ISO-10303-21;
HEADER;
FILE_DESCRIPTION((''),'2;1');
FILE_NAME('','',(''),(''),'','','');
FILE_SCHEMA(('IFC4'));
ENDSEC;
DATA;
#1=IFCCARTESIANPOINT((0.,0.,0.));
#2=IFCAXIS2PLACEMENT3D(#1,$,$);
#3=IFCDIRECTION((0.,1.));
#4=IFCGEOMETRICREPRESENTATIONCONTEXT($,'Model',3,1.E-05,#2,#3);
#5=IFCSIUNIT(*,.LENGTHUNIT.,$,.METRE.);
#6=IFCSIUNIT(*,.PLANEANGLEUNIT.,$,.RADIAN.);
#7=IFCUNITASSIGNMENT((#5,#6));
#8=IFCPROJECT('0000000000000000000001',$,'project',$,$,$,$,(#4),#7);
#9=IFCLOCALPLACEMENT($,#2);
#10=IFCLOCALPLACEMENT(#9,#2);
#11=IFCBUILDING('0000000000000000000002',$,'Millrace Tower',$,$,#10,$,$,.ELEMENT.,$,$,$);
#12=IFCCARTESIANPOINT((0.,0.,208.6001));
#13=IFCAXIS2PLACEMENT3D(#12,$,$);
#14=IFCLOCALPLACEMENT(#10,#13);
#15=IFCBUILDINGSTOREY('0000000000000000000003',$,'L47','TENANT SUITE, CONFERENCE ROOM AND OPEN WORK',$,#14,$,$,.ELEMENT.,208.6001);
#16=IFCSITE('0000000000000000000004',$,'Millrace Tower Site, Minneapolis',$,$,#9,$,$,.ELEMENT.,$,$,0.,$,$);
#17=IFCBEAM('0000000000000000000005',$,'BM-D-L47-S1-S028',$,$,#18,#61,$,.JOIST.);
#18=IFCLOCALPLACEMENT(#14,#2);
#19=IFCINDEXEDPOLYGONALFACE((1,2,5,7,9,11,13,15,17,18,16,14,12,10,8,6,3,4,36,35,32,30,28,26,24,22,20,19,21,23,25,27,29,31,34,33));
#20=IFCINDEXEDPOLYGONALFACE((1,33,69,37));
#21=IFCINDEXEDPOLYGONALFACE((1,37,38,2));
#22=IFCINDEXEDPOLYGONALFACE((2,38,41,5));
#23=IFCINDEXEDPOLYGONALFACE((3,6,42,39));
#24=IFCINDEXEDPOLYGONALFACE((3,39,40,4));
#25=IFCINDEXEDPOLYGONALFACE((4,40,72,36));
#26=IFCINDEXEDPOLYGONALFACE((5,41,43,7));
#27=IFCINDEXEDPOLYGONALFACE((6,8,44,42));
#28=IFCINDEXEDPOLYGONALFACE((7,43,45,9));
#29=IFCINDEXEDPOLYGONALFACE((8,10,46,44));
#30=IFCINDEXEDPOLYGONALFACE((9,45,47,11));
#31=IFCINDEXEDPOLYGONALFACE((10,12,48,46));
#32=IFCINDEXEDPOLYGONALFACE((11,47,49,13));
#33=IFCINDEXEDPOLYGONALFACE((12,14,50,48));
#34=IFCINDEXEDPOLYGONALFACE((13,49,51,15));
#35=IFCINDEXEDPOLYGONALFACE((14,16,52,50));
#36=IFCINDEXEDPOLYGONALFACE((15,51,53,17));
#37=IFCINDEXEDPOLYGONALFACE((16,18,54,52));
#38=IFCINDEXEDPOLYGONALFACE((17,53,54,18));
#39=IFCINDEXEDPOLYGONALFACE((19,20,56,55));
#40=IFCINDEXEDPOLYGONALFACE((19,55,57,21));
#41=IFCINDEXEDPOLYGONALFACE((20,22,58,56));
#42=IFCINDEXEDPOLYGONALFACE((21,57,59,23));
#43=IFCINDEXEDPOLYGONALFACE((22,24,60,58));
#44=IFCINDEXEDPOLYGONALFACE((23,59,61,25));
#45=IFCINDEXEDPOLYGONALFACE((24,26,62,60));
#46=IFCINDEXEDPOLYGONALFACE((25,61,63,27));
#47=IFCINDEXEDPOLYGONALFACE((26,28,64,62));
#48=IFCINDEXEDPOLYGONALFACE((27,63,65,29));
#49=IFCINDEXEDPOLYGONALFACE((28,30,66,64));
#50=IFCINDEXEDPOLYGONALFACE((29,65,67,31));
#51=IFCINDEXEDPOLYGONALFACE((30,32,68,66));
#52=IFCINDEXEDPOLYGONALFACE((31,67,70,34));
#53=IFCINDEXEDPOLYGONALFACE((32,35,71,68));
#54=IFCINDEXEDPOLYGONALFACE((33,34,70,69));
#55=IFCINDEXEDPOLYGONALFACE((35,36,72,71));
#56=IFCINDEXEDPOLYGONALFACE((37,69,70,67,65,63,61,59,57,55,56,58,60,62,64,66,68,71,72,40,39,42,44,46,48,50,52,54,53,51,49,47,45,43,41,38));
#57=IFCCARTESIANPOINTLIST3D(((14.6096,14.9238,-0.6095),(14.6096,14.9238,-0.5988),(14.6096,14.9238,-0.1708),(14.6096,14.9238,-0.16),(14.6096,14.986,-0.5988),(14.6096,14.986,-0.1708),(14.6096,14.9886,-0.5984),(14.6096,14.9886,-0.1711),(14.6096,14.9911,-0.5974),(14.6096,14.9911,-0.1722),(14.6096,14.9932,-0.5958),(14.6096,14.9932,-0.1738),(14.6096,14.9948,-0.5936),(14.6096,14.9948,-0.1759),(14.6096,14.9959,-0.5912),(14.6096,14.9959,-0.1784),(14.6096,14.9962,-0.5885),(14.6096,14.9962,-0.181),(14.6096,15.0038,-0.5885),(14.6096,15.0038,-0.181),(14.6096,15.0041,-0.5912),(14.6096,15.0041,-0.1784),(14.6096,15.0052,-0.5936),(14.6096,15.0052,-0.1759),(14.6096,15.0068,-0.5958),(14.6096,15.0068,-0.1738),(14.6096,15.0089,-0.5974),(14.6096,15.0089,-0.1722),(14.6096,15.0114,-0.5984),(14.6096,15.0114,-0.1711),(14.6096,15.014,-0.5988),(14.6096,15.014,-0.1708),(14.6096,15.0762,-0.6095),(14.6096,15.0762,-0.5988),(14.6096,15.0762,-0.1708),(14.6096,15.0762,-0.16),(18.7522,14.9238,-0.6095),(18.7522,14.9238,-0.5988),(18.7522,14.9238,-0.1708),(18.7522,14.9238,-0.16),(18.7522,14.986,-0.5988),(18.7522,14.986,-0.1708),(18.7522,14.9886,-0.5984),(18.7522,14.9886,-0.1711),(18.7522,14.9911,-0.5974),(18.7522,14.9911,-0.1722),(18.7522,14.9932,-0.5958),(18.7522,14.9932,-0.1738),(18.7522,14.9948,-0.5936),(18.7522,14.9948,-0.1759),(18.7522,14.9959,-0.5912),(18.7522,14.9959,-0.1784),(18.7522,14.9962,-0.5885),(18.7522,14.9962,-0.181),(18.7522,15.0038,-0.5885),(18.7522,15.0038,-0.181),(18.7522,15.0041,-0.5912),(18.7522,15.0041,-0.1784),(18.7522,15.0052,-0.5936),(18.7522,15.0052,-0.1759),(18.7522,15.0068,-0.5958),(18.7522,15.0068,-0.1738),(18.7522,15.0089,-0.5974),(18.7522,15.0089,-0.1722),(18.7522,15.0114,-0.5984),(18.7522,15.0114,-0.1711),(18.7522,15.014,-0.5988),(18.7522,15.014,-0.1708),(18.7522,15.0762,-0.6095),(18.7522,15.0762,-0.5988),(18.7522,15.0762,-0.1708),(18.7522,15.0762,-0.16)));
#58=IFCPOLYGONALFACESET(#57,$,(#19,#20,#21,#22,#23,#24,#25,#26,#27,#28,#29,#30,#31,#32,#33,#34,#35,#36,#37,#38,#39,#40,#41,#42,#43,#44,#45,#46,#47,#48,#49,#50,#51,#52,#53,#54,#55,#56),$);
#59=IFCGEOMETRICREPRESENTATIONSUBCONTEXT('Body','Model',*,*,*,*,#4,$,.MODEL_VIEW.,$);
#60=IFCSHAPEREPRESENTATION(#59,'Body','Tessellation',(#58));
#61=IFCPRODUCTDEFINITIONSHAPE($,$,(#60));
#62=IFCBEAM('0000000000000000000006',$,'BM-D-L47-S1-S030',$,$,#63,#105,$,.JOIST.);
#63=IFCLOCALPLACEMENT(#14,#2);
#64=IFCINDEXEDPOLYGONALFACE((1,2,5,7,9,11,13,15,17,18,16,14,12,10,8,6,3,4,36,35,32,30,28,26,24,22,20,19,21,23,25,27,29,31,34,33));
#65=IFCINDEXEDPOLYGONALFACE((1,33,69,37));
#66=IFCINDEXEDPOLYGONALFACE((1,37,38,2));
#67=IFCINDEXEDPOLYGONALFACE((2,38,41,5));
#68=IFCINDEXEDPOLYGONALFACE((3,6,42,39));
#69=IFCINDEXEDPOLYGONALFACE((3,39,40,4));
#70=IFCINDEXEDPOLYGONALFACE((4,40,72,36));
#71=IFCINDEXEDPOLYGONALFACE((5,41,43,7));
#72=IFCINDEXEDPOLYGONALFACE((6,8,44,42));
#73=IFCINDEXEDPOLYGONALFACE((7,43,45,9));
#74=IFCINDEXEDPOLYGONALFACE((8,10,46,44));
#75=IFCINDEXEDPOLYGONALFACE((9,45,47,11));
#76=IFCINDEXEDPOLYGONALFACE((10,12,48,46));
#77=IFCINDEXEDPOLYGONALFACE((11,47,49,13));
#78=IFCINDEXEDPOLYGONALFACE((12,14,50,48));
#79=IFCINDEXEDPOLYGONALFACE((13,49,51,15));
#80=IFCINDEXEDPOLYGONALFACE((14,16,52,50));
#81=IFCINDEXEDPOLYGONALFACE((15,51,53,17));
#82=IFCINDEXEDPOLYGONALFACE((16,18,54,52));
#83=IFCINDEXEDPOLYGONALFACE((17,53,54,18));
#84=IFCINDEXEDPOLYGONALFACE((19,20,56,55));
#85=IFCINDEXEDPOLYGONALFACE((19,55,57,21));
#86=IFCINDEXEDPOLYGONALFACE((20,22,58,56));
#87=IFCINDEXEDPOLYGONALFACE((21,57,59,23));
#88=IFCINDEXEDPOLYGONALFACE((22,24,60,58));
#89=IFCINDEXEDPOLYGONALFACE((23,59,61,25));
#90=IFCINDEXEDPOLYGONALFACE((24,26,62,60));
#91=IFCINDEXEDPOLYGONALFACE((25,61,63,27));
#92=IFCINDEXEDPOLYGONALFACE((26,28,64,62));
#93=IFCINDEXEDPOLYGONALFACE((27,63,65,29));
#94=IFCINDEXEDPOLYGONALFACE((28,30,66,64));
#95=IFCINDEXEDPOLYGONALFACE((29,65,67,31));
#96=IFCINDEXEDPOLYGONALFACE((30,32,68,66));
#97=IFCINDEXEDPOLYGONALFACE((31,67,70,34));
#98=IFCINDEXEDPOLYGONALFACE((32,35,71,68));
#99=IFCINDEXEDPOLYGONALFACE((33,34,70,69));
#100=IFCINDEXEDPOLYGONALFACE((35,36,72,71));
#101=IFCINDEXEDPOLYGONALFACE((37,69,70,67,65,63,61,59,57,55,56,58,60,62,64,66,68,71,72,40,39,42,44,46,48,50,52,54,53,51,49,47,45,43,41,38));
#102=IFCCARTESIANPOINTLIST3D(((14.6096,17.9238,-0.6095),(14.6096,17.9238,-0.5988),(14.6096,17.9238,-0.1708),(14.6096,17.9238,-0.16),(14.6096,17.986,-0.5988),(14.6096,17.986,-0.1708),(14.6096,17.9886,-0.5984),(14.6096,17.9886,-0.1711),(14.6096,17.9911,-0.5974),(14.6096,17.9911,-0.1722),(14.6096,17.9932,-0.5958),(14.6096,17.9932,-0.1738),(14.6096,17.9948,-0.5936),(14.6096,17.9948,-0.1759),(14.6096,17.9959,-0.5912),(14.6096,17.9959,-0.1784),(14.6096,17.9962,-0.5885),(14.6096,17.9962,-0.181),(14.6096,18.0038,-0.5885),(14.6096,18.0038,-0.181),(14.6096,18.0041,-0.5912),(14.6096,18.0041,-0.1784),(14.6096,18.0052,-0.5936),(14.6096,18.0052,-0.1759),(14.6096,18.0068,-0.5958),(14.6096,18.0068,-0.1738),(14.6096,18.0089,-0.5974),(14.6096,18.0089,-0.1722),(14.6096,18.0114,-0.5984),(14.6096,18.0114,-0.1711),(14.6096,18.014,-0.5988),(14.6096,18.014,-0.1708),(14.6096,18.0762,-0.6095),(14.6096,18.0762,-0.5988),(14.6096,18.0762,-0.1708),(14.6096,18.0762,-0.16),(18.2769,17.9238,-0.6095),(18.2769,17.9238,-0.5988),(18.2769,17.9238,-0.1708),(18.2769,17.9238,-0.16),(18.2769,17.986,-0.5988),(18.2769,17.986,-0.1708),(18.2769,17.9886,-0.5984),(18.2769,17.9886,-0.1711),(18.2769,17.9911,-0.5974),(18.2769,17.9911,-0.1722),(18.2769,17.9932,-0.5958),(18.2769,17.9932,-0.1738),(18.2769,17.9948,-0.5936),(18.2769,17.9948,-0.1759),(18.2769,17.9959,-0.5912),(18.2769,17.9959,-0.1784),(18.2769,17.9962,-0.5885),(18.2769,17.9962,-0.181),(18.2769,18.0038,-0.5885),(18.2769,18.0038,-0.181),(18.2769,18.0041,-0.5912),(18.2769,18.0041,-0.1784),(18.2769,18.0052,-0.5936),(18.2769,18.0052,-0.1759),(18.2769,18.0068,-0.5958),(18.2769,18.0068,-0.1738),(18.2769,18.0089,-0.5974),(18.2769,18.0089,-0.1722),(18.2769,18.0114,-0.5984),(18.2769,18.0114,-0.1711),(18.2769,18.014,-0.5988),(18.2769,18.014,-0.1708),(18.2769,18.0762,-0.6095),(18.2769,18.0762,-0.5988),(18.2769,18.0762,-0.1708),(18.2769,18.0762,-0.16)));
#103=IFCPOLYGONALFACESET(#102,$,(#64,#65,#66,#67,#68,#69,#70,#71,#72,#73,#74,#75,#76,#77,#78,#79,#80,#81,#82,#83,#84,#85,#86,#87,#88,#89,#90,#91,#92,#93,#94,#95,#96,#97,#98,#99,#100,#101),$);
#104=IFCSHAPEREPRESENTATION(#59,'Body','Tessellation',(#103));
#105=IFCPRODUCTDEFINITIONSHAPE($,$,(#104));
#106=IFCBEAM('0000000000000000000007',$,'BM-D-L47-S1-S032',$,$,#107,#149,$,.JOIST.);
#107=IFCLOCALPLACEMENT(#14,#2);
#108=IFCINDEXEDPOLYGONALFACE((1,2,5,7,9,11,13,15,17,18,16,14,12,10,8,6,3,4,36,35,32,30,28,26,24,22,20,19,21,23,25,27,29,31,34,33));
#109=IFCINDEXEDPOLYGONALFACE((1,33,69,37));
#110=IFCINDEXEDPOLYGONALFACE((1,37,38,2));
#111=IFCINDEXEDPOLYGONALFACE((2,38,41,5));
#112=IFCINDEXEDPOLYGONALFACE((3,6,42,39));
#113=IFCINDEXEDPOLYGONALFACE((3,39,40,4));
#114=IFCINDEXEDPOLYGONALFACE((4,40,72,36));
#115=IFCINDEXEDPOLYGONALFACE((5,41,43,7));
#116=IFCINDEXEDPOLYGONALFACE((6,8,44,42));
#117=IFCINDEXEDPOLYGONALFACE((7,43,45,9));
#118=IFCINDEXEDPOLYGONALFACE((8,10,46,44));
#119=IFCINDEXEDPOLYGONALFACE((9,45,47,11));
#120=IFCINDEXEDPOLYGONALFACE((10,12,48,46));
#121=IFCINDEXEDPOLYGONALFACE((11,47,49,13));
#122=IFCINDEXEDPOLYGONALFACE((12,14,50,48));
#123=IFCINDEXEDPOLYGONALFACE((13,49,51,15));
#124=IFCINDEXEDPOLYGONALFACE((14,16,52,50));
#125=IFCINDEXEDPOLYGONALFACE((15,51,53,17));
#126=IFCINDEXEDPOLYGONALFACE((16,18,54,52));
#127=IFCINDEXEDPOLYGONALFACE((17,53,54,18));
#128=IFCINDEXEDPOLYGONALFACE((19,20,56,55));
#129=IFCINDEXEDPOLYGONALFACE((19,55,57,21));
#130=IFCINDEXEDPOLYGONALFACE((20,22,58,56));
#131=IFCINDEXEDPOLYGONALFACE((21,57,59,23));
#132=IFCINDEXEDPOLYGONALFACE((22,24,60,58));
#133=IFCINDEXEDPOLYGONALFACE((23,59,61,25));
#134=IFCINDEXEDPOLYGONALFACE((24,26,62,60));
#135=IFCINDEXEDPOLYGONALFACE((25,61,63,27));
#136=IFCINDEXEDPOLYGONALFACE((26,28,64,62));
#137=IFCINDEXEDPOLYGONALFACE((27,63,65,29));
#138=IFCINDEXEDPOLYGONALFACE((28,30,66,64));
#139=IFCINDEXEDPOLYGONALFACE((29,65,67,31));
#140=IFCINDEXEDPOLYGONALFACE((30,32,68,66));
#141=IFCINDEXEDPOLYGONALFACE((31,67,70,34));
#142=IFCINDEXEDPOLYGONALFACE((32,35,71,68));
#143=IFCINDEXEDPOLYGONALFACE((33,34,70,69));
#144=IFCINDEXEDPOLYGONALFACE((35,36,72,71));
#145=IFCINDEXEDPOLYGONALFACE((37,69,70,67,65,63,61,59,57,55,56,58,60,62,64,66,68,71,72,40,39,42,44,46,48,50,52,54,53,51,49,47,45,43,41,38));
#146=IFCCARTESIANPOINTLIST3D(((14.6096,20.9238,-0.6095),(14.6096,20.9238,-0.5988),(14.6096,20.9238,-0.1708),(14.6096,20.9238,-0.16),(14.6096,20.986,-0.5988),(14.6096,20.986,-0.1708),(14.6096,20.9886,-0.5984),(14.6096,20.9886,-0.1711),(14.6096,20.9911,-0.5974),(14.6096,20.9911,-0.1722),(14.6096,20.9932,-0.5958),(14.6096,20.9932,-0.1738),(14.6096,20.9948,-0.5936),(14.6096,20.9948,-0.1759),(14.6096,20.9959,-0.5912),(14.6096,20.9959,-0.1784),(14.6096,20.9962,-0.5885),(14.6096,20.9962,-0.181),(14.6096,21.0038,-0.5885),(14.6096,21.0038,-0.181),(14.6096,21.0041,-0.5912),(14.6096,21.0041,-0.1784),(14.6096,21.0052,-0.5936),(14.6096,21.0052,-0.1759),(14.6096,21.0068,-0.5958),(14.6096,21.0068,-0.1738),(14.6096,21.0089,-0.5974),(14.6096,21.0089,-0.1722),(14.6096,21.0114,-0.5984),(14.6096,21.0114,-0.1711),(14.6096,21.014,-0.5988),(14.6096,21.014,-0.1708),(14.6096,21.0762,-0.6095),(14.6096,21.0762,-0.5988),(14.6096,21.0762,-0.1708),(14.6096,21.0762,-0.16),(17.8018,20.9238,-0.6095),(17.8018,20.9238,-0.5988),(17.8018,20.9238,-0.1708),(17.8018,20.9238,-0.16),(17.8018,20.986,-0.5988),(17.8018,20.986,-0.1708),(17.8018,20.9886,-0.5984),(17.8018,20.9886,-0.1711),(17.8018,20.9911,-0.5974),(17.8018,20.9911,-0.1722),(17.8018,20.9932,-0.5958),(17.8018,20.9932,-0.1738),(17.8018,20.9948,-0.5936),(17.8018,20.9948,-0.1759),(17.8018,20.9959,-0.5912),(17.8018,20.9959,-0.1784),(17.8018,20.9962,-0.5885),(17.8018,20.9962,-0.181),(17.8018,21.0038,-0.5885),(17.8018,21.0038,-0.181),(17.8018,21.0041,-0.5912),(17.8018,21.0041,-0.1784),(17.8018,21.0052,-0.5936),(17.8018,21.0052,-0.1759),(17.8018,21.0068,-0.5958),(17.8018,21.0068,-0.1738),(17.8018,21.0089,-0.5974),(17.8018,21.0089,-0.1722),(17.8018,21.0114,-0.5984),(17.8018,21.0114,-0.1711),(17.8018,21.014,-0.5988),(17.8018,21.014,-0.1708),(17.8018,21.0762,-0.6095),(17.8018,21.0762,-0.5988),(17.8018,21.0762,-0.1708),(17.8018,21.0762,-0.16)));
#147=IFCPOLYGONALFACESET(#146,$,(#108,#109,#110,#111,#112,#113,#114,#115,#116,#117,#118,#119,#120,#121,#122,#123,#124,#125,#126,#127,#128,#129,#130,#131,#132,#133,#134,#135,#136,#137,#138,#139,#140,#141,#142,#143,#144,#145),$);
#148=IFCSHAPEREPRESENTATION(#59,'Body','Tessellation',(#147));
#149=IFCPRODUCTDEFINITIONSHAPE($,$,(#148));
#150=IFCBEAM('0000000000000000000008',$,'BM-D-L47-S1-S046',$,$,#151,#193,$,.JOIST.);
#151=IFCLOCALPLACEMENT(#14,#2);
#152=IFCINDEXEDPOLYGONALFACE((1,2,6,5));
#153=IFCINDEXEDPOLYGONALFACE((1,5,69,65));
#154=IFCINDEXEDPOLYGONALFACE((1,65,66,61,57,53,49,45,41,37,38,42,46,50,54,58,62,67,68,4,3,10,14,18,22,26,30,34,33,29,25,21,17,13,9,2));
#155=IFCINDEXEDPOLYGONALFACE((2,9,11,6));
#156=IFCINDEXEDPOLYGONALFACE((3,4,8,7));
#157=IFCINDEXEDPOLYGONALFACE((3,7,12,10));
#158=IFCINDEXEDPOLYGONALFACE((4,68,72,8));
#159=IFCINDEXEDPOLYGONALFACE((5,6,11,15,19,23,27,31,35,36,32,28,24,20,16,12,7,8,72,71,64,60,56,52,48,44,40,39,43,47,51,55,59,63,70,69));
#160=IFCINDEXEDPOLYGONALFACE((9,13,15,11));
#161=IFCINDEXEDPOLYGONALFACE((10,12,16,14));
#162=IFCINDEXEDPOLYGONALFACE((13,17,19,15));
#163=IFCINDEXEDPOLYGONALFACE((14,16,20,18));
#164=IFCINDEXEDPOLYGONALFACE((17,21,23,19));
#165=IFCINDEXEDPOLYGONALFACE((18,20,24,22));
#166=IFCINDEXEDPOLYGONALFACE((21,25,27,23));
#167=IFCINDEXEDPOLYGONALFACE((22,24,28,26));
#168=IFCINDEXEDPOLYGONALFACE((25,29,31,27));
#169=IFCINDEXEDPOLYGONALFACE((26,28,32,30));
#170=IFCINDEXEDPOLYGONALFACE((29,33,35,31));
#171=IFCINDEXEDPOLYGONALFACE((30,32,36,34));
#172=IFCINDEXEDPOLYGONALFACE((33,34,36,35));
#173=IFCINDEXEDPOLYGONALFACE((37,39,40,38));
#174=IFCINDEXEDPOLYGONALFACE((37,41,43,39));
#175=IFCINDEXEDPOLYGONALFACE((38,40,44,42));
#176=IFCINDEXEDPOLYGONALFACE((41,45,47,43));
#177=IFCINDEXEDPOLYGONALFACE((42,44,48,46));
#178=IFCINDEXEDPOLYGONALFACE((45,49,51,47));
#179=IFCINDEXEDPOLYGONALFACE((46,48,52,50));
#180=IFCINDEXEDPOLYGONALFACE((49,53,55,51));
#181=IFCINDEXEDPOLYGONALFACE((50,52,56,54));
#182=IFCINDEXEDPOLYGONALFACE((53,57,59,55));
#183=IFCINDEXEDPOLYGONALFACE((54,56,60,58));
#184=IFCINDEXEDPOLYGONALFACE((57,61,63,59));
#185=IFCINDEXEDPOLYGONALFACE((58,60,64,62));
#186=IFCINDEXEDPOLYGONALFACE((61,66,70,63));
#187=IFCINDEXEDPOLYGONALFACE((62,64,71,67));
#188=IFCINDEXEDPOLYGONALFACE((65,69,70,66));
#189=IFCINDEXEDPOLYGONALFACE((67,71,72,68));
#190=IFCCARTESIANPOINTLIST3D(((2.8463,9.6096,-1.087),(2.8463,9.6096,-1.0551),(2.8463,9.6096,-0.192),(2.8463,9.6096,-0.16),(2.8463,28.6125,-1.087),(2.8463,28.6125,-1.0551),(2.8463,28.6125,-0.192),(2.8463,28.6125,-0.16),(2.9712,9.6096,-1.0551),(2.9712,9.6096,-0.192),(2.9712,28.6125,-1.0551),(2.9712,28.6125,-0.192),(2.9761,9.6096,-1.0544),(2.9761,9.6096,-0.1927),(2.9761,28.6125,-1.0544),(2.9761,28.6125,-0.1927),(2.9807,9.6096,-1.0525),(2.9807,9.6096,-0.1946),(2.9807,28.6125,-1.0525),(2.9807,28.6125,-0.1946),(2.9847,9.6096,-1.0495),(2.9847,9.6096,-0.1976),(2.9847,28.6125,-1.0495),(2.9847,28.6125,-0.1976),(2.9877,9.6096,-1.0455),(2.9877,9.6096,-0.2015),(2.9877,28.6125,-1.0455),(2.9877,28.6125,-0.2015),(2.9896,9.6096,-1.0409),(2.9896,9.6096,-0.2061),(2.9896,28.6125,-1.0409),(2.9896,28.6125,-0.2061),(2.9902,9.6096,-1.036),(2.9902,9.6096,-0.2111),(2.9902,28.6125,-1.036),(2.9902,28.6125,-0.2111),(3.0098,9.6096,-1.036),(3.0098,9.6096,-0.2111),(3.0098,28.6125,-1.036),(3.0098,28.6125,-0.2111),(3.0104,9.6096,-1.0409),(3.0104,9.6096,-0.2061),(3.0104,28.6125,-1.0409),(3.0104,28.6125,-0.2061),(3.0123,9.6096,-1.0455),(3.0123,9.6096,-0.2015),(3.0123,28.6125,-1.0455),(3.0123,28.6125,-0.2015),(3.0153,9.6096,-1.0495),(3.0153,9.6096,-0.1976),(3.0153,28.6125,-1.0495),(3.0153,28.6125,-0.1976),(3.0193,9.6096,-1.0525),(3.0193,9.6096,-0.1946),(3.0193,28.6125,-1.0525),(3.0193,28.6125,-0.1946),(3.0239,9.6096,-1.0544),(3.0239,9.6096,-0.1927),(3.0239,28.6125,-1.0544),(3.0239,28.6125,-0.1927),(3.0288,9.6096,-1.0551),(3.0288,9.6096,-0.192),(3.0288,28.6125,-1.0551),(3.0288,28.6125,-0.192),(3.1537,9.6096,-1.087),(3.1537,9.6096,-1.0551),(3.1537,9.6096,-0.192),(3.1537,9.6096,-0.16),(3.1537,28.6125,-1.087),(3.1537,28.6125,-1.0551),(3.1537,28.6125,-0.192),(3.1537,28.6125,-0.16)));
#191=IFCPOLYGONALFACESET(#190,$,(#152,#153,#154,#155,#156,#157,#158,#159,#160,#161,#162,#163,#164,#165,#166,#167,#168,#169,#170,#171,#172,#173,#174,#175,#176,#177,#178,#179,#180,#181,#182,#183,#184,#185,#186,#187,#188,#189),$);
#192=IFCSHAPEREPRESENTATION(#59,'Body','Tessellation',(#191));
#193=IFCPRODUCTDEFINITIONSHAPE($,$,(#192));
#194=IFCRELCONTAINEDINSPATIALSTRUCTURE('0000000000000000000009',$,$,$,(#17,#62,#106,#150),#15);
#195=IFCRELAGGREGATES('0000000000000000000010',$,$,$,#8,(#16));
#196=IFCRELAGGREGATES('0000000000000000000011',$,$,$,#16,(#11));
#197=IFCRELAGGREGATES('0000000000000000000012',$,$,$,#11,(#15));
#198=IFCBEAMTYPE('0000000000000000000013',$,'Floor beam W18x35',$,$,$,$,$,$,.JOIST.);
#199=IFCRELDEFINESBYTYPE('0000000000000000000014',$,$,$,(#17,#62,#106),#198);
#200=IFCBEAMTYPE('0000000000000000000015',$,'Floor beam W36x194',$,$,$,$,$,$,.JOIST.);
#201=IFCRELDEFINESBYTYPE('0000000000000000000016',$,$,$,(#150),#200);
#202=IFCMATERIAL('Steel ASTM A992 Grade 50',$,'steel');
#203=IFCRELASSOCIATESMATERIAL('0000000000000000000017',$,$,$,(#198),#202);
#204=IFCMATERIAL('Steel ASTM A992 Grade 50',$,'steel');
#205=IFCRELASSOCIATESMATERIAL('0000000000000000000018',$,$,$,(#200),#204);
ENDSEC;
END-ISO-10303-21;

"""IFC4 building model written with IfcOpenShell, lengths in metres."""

from ifc_helpers import new_model, si_unit, direction, frame, origin, origin_2d, place, context, subcontext, project, spatial, i_section, extrude, material, material_profile, profile_set, type_object, element, save


model = new_model("IFC4")

# Units and contexts
model_context = context("Model", 3, precision=1e-05, world=origin(), true_north=direction((0.0, 1.0)))
body_context = subcontext(model_context, "Body", "Model", "MODEL_VIEW")
ifc_project = project(units=[si_unit("LENGTHUNIT", "METRE"), si_unit("PLANEANGLEUNIT", "RADIAN")], contexts=[model_context])

# Site, building, storey
site_placement = place(None, origin())
site = spatial("IfcSite", under=ifc_project, at=site_placement, Name="Millrace Tower Site, Minneapolis", CompositionType="ELEMENT", RefElevation=0.0)
building_placement = place(site_placement, origin())
building = spatial("IfcBuilding", under=site, at=building_placement, Name="Millrace Tower", CompositionType="ELEMENT")
storey_placement = place(building_placement, frame((0.0, 0.0, 208.6001)))
storey = spatial("IfcBuildingStorey", under=building, at=storey_placement, Name="L47", Description="TENANT SUITE, CONFERENCE ROOM AND OPEN WORK", CompositionType="ELEMENT", Elevation=208.6001)

# Beams
ifc_material_1 = material(Name="Steel ASTM A992 Grade 50", Category="steel")
ifc_material_profile_1 = material_profile(ifc_material_1, i_section(OverallWidth=0.1523, OverallDepth=0.4495, WebThickness=0.0076, FlangeThickness=0.0107, FilletRadius=0.0103, at=origin_2d()))
ifc_profile_set_1 = profile_set([ifc_material_profile_1], Name="Steel ASTM A992 Grade 50")
beam_type_1 = type_object("IfcBeamType", Name="Floor beam W18x35", PredefinedType="JOIST", material=ifc_profile_set_1)
beam_1_placement = place(storey_placement, frame((14.6096, 15.0, -0.3848), z_axis=(1.0, 0.0, 0.0), x_axis=(0.0, 1.0, 0.0)))
element("IfcBeam", 1, at=beam_1_placement, inside=storey, type_object=beam_type_1, Name="BM-D-L47-S1-S028", PredefinedType="JOIST", context=body_context, shape_type="SweptSolid", body=[
    extrude(i_section(OverallWidth=0.1523, OverallDepth=0.4495, WebThickness=0.0076, FlangeThickness=0.0107, FilletRadius=0.0103, at=origin_2d()), origin(), (0.0, 0.0, 1.0), 4.1426),
])
beam_2_placement = place(storey_placement, frame((14.6096, 18.0, -0.3848), z_axis=(1.0, 0.0, 0.0), x_axis=(0.0, 1.0, 0.0)))
element("IfcBeam", 2, at=beam_2_placement, inside=storey, type_object=beam_type_1, Name="BM-D-L47-S1-S030", PredefinedType="JOIST", context=body_context, shape_type="SweptSolid", body=[
    extrude(i_section(OverallWidth=0.1523, OverallDepth=0.4495, WebThickness=0.0076, FlangeThickness=0.0107, FilletRadius=0.0103, at=origin_2d()), origin(), (0.0, 0.0, 1.0), 3.6672),
])
beam_3_placement = place(storey_placement, frame((14.6096, 21.0, -0.3848), z_axis=(1.0, 0.0, 0.0), x_axis=(0.0, 1.0, 0.0)))
element("IfcBeam", 3, at=beam_3_placement, inside=storey, type_object=beam_type_1, Name="BM-D-L47-S1-S032", PredefinedType="JOIST", context=body_context, shape_type="SweptSolid", body=[
    extrude(i_section(OverallWidth=0.1523, OverallDepth=0.4495, WebThickness=0.0076, FlangeThickness=0.0107, FilletRadius=0.0103, at=origin_2d()), origin(), (0.0, 0.0, 1.0), 3.1921),
])
ifc_material_2 = material(Name="Steel ASTM A992 Grade 50", Category="steel")
ifc_material_profile_2 = material_profile(ifc_material_2, i_section(OverallWidth=0.3074, OverallDepth=0.927, WebThickness=0.0195, FlangeThickness=0.032, FilletRadius=0.019, at=origin_2d()))
ifc_profile_set_2 = profile_set([ifc_material_profile_2], Name="Steel ASTM A992 Grade 50")
beam_type_2 = type_object("IfcBeamType", Name="Floor beam W36x194", PredefinedType="JOIST", material=ifc_profile_set_2)
beam_4_placement = place(storey_placement, frame((3.0, 9.6096, -0.6235), z_axis=(0.0, 1.0, 0.0), x_axis=(-1.0, 0.0, 0.0)))
element("IfcBeam", 4, at=beam_4_placement, inside=storey, type_object=beam_type_2, Name="BM-D-L47-S1-S046", PredefinedType="JOIST", context=body_context, shape_type="SweptSolid", body=[
    extrude(i_section(OverallWidth=0.3074, OverallDepth=0.927, WebThickness=0.0195, FlangeThickness=0.032, FilletRadius=0.019, at=origin_2d()), origin(), (0.0, 0.0, 1.0), 19.0029),
])

save(model, "model.ifc")
